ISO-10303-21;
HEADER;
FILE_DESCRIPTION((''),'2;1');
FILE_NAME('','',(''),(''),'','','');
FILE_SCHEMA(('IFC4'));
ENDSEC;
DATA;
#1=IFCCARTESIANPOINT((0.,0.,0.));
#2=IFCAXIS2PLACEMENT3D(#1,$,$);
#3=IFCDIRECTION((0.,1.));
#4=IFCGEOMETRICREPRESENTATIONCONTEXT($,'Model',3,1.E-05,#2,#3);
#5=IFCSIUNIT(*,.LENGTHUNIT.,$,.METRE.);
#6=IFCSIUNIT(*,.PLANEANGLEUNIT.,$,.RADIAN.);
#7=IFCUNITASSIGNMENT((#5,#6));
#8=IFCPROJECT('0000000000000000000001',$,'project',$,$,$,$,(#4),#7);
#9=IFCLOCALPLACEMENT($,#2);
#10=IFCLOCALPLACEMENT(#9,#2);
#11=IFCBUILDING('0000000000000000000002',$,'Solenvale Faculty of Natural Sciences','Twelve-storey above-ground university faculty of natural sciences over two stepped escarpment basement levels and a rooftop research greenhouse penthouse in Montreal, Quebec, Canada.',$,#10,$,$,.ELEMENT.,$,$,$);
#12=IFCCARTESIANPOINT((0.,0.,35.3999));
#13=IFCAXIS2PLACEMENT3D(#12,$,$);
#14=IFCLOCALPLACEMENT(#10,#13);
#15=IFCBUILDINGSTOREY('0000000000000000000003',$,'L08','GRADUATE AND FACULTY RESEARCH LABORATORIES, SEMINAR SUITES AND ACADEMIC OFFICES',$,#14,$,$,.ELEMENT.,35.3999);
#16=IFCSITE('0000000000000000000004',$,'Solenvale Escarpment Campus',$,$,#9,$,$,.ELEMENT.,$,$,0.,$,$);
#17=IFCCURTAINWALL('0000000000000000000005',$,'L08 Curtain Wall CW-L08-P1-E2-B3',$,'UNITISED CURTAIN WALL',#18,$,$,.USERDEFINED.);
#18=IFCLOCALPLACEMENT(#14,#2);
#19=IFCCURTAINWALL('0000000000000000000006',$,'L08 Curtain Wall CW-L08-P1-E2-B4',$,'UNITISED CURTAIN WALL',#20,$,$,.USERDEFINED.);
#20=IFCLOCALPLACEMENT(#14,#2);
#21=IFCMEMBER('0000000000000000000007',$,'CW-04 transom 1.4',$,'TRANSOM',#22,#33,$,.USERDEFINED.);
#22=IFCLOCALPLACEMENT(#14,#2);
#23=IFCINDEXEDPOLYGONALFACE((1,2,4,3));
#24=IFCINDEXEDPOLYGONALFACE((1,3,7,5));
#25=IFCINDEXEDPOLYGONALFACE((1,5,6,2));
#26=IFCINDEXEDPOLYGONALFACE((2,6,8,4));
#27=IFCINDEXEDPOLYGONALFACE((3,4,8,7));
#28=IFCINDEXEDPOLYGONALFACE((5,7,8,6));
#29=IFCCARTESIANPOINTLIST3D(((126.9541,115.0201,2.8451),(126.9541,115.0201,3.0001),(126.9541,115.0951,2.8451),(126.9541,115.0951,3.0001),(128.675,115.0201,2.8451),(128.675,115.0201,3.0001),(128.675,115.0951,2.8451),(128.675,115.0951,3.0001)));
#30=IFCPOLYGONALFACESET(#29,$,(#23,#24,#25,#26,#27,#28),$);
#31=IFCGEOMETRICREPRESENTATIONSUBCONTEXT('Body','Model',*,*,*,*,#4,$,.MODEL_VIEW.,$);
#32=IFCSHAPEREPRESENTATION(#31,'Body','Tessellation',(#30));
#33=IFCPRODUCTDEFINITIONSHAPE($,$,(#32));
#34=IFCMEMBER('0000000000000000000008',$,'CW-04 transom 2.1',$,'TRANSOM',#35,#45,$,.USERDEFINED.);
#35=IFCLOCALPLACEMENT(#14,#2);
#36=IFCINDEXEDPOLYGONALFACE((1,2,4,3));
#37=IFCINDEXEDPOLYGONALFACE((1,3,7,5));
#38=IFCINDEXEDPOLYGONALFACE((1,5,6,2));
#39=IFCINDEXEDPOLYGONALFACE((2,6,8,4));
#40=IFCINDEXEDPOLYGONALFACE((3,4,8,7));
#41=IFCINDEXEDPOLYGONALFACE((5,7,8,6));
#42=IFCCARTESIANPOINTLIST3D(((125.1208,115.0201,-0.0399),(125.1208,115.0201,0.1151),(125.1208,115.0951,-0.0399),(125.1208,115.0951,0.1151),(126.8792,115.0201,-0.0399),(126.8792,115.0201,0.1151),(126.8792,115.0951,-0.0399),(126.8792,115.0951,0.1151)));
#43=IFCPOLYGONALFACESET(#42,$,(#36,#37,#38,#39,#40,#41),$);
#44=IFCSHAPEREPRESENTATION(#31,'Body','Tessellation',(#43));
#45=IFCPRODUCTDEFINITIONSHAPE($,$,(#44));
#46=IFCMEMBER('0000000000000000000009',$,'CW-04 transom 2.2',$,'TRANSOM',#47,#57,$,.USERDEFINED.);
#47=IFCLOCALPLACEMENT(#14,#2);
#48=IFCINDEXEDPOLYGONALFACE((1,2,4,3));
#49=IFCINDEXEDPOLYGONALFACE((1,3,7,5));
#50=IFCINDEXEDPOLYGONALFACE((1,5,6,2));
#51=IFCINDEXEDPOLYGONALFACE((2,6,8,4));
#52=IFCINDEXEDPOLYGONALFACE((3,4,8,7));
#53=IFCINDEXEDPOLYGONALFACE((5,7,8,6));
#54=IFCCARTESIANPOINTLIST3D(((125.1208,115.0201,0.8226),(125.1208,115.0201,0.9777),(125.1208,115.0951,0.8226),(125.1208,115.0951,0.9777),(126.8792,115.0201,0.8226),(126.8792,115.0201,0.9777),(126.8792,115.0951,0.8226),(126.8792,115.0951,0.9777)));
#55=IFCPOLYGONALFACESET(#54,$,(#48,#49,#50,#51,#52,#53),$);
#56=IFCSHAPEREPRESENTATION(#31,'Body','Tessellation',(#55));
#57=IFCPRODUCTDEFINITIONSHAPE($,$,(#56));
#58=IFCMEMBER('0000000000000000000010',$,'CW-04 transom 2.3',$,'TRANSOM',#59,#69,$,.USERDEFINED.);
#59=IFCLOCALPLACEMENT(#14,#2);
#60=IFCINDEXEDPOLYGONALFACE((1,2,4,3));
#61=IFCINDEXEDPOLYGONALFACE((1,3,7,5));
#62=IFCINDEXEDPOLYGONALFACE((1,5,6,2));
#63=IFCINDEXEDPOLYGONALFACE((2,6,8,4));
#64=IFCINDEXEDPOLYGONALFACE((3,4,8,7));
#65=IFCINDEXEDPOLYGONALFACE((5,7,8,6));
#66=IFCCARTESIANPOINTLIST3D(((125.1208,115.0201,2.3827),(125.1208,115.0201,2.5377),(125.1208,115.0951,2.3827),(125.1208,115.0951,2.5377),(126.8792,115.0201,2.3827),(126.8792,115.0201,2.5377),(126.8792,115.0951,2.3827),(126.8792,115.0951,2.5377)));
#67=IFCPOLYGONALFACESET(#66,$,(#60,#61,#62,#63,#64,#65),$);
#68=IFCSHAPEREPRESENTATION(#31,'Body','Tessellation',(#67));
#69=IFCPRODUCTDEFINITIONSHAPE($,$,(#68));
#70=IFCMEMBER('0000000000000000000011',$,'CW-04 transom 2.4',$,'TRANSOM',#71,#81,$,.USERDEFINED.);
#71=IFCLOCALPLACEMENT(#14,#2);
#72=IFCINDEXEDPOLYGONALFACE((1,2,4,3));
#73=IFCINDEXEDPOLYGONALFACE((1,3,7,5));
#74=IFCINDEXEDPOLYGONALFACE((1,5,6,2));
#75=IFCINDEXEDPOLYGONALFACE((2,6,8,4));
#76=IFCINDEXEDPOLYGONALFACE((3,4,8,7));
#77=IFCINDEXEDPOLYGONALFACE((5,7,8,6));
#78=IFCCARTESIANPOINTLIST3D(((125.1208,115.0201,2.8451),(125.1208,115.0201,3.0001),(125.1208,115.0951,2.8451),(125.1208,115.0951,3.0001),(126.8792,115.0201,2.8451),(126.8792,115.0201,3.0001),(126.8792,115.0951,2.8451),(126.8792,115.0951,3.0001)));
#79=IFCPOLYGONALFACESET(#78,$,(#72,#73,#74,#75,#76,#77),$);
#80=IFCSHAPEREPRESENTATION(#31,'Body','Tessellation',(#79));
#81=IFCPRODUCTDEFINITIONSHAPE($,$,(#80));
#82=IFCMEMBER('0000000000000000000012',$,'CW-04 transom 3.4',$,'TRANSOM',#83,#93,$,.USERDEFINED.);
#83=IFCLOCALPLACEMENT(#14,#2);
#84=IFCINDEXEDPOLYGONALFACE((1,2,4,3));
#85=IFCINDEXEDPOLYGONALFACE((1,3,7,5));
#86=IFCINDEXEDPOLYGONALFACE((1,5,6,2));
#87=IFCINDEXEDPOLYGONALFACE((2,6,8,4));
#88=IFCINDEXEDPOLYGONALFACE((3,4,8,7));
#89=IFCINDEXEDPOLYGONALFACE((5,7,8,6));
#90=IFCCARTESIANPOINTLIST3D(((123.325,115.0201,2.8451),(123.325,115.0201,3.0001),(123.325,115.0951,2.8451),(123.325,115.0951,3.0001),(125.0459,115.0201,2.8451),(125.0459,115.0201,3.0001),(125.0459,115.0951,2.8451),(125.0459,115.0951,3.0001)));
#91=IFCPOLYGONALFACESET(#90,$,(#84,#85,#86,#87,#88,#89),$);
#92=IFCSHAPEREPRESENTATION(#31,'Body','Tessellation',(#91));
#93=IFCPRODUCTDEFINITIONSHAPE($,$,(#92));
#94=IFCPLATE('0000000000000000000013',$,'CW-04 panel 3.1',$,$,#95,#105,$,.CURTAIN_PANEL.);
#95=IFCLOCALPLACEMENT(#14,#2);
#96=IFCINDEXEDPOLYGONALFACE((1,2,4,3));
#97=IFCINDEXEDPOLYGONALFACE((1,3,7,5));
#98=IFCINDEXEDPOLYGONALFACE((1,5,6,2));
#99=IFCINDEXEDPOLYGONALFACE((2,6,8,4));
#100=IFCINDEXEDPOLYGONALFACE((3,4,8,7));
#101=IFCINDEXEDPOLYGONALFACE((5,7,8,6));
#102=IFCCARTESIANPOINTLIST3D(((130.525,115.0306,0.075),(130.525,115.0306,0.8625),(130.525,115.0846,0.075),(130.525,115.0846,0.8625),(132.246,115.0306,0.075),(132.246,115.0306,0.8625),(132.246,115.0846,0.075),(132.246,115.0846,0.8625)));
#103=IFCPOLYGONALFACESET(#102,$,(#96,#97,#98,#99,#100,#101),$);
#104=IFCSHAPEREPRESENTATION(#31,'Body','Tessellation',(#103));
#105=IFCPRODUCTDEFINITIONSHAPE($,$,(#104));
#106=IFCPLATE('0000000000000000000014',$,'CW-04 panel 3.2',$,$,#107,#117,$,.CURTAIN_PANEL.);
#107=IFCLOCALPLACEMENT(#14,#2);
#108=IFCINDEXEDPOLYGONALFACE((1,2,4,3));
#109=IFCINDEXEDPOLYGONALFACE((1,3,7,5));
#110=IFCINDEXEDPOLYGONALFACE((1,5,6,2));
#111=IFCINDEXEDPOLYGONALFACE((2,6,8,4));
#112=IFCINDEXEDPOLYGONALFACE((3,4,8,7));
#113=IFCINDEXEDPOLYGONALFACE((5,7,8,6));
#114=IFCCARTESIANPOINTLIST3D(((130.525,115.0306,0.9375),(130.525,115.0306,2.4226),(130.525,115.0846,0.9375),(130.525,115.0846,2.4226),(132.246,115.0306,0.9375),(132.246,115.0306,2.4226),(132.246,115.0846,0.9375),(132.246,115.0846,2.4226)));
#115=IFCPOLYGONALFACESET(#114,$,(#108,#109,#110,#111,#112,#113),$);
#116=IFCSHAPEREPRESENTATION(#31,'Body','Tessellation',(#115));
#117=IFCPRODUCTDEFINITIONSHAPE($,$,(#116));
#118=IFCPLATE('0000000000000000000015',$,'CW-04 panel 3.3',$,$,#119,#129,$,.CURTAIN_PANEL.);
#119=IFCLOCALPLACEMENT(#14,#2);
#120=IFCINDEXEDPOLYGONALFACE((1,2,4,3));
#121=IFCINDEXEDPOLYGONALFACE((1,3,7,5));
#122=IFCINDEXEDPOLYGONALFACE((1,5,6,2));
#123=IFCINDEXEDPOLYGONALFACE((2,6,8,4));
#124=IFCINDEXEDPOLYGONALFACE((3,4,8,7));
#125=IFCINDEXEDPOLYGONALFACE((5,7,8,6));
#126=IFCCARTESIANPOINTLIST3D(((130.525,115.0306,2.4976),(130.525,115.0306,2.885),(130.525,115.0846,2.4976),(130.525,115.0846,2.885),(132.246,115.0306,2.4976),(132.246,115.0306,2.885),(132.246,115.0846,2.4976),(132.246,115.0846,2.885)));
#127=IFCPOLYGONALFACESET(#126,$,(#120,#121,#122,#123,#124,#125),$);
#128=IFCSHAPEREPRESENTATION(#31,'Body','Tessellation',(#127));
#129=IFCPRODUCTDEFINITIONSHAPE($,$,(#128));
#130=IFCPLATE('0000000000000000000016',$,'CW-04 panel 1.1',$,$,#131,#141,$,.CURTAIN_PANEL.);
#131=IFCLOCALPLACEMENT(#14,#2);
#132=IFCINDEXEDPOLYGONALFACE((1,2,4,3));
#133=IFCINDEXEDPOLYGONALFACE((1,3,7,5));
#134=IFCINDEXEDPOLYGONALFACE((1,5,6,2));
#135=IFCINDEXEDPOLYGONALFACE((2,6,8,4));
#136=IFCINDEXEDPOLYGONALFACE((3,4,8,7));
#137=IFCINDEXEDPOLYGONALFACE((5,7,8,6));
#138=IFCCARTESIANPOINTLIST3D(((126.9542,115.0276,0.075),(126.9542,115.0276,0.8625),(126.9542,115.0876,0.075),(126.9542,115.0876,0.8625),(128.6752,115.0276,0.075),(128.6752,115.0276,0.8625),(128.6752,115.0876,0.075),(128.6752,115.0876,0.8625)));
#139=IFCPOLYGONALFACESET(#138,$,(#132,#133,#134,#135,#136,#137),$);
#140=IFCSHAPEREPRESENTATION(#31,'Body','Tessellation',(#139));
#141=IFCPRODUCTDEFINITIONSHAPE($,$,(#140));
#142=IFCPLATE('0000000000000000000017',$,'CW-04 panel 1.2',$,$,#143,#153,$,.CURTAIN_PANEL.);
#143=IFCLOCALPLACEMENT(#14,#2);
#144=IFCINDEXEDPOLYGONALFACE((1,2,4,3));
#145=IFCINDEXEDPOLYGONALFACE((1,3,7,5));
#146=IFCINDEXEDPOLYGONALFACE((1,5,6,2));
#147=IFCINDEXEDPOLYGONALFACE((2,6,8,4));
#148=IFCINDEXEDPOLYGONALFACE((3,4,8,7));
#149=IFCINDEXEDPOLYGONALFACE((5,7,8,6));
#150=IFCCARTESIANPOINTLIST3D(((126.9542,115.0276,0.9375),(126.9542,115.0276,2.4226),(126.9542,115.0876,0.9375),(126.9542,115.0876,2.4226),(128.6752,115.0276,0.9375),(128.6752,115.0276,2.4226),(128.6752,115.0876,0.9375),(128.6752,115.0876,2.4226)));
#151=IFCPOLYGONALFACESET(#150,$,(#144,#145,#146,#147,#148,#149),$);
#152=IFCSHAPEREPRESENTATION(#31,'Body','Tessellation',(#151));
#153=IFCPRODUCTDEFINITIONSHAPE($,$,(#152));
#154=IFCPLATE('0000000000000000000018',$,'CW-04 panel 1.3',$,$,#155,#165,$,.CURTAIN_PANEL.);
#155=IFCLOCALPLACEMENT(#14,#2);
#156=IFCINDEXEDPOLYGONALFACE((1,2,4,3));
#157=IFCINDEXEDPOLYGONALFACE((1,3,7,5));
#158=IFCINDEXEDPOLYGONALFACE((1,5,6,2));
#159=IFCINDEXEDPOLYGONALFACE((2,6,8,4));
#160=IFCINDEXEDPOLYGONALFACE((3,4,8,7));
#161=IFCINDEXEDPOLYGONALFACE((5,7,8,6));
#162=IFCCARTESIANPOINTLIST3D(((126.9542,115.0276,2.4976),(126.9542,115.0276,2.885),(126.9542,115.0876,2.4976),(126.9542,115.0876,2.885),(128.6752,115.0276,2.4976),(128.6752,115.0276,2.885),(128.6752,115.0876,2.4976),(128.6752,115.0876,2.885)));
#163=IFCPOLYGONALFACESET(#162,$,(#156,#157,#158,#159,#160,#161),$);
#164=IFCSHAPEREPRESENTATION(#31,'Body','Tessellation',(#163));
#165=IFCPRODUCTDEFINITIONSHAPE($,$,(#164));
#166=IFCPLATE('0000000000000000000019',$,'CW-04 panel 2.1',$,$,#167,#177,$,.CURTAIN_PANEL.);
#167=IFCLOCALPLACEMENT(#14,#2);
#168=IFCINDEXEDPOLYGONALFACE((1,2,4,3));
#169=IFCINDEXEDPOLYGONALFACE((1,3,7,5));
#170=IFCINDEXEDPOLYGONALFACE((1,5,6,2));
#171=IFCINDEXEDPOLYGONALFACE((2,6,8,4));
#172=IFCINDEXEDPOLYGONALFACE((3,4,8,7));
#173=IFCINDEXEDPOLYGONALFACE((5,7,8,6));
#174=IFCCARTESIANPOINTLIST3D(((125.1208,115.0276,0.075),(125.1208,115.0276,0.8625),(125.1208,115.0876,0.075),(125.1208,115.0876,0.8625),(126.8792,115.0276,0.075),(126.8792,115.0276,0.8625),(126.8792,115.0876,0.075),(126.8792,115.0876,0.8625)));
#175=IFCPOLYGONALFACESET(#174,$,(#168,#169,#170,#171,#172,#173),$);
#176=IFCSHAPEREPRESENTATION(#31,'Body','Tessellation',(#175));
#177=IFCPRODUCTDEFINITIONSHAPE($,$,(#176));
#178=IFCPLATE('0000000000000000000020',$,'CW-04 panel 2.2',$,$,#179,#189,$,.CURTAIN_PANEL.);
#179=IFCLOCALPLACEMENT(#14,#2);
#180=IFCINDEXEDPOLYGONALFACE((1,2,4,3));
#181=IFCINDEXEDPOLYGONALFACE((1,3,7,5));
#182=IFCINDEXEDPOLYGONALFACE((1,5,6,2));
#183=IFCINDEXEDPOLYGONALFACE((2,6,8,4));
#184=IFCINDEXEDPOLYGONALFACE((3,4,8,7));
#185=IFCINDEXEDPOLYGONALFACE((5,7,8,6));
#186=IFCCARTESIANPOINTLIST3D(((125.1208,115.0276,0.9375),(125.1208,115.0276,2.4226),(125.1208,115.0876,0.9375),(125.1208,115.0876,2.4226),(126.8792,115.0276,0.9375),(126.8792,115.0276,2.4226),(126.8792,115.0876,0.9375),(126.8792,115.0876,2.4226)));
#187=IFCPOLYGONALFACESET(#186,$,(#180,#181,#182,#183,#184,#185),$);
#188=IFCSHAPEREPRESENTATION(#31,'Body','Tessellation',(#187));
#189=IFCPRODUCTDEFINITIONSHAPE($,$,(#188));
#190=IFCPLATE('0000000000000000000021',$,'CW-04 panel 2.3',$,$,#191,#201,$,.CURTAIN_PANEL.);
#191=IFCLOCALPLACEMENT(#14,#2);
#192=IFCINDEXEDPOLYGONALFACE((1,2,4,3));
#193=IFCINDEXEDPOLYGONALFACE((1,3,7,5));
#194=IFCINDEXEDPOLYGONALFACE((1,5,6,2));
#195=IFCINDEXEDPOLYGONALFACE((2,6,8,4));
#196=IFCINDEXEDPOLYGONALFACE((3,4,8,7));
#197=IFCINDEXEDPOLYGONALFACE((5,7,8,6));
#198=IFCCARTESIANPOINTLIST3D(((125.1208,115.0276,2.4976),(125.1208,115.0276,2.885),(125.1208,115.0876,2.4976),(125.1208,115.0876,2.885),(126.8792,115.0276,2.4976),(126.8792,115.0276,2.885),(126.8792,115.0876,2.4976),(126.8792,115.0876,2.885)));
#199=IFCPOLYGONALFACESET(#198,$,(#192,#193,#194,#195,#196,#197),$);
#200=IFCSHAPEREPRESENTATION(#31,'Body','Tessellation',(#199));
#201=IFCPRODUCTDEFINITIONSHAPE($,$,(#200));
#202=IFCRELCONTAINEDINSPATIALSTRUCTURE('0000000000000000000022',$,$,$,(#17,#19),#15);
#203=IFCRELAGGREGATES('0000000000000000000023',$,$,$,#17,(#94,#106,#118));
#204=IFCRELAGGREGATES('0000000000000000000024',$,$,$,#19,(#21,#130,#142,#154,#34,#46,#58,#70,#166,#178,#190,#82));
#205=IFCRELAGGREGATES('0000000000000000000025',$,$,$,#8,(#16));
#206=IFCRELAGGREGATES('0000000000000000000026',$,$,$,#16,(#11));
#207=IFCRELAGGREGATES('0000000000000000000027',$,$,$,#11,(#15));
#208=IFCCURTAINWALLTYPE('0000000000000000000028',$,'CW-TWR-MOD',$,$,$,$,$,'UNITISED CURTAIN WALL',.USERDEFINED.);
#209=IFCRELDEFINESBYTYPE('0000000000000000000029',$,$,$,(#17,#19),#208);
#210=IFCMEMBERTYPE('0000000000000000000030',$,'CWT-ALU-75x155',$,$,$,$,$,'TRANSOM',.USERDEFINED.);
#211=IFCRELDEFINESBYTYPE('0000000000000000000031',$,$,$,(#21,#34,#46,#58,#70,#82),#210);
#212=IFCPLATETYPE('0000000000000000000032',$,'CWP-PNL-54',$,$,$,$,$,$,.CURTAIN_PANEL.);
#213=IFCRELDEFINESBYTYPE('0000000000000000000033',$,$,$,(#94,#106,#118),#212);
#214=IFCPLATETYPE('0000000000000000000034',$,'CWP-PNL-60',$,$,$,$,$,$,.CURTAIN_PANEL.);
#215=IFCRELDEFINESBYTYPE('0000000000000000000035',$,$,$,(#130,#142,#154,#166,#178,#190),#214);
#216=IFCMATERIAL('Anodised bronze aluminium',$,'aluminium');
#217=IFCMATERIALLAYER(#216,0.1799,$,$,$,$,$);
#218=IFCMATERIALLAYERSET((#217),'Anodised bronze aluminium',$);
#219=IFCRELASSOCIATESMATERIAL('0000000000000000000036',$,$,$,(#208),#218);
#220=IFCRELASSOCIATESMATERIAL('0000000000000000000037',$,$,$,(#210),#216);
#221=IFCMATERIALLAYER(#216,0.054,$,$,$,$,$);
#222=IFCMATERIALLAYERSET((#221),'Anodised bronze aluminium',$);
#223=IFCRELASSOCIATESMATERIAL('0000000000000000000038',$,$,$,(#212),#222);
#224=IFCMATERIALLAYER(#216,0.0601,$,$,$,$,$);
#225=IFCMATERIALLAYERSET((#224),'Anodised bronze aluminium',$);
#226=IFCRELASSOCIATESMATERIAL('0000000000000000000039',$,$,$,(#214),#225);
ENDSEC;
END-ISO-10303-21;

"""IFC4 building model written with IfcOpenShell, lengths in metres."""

from ifc_helpers import new_model, si_unit, direction, frame, origin, origin_2d, place, context, subcontext, project, spatial, rectangle, extrude, material, layer, layer_set, material_profile, profile_set, type_object, element, aggregate, save


model = new_model("IFC4")

# Units and contexts
model_context = context("Model", 3, precision=1e-05, world=origin(), true_north=direction((0.0, 1.0)))
body_context = subcontext(model_context, "Body", "Model", "MODEL_VIEW")
ifc_project = project(units=[si_unit("LENGTHUNIT", "METRE"), si_unit("PLANEANGLEUNIT", "RADIAN")], contexts=[model_context])

# Site, building, storey
site_placement = place(None, origin())
site = spatial("IfcSite", under=ifc_project, at=site_placement, Name="Solenvale Escarpment Campus", CompositionType="ELEMENT", RefElevation=0.0)
building_placement = place(site_placement, origin())
building = spatial("IfcBuilding", under=site, at=building_placement, Name="Solenvale Faculty of Natural Sciences", Description="Twelve-storey above-ground university faculty of natural sciences over two stepped escarpment basement levels and a rooftop research greenhouse penthouse in Montreal, Quebec, Canada.", CompositionType="ELEMENT")
storey_placement = place(building_placement, frame((0.0, 0.0, 35.3999)))
storey = spatial("IfcBuildingStorey", under=building, at=storey_placement, Name="L08", Description="GRADUATE AND FACULTY RESEARCH LABORATORIES, SEMINAR SUITES AND ACADEMIC OFFICES", CompositionType="ELEMENT", Elevation=35.3999)

# Curtain wall
ifc_material_1 = material(Name="Anodised bronze aluminium", Category="aluminium")
ifc_layer_1 = layer(ifc_material_1, 0.1799)
ifc_layer_set_1 = layer_set([ifc_layer_1], Name="Anodised bronze aluminium")
curtain_wall_type = type_object("IfcCurtainWallType", Name="CW-TWR-MOD", ElementType="UNITISED CURTAIN WALL", PredefinedType="USERDEFINED", material=ifc_layer_set_1)
curtain_wall_1_placement = place(storey_placement, origin())
curtain_wall_1 = element("IfcCurtainWall", 1, at=curtain_wall_1_placement, inside=storey, type_object=curtain_wall_type, Name="L08 Curtain Wall CW-L08-P1-E2-B3", ObjectType="UNITISED CURTAIN WALL", PredefinedType="USERDEFINED")

# Curtain wall
curtain_wall_2_placement = place(storey_placement, origin())
curtain_wall_2 = element("IfcCurtainWall", 2, at=curtain_wall_2_placement, inside=storey, type_object=curtain_wall_type, Name="L08 Curtain Wall CW-L08-P1-E2-B4", ObjectType="UNITISED CURTAIN WALL", PredefinedType="USERDEFINED")

# Members
ifc_material_profile_1 = material_profile(ifc_material_1, rectangle(XDim=0.075, YDim=0.155, at=origin_2d()), Name="ALU-TRN-75x155")
ifc_profile_set_1 = profile_set([ifc_material_profile_1], Name="Anodised bronze aluminium")
member_type_1 = type_object("IfcMemberType", Name="CWT-ALU-75x155", ElementType="TRANSOM", PredefinedType="USERDEFINED", material=ifc_profile_set_1)
member_1_placement = place(storey_placement, frame((128.675, 115.0576, 2.9226), z_axis=(-1.0, 0.0, 0.0), x_axis=(0.0, -1.0, 0.0)))
member_1 = element("IfcMember", 3, at=member_1_placement, type_object=member_type_1, Name="CW-04 transom 1.4", ObjectType="TRANSOM", PredefinedType="USERDEFINED", context=body_context, shape_type="SweptSolid", body=[
    extrude(rectangle(XDim=0.075, YDim=0.155, at=origin_2d()), origin(), (0.0, 0.0, 1.0), 1.7209),
])
member_2_placement = place(storey_placement, frame((126.8792, 115.0576, 0.0376), z_axis=(-1.0, 0.0, 0.0), x_axis=(0.0, -1.0, 0.0)))
member_2 = element("IfcMember", 4, at=member_2_placement, type_object=member_type_1, Name="CW-04 transom 2.1", ObjectType="TRANSOM", PredefinedType="USERDEFINED", context=body_context, shape_type="SweptSolid", body=[
    extrude(rectangle(XDim=0.075, YDim=0.155, at=origin_2d()), origin(), (0.0, 0.0, 1.0), 1.7583),
])
member_3_placement = place(storey_placement, frame((126.8792, 115.0576, 0.9001), z_axis=(-1.0, 0.0, 0.0), x_axis=(0.0, -1.0, 0.0)))
member_3 = element("IfcMember", 5, at=member_3_placement, type_object=member_type_1, Name="CW-04 transom 2.2", ObjectType="TRANSOM", PredefinedType="USERDEFINED", context=body_context, shape_type="SweptSolid", body=[
    extrude(rectangle(XDim=0.075, YDim=0.155, at=origin_2d()), origin(), (0.0, 0.0, 1.0), 1.7583),
])
member_4_placement = place(storey_placement, frame((126.8792, 115.0576, 2.4602), z_axis=(-1.0, 0.0, 0.0), x_axis=(0.0, -1.0, 0.0)))
member_4 = element("IfcMember", 6, at=member_4_placement, type_object=member_type_1, Name="CW-04 transom 2.3", ObjectType="TRANSOM", PredefinedType="USERDEFINED", context=body_context, shape_type="SweptSolid", body=[
    extrude(rectangle(XDim=0.075, YDim=0.155, at=origin_2d()), origin(), (0.0, 0.0, 1.0), 1.7583),
])
member_5_placement = place(storey_placement, frame((126.8792, 115.0576, 2.9226), z_axis=(-1.0, 0.0, 0.0), x_axis=(0.0, -1.0, 0.0)))
member_5 = element("IfcMember", 7, at=member_5_placement, type_object=member_type_1, Name="CW-04 transom 2.4", ObjectType="TRANSOM", PredefinedType="USERDEFINED", context=body_context, shape_type="SweptSolid", body=[
    extrude(rectangle(XDim=0.075, YDim=0.155, at=origin_2d()), origin(), (0.0, 0.0, 1.0), 1.7583),
])
member_6_placement = place(storey_placement, frame((125.0459, 115.0576, 2.9226), z_axis=(-1.0, 0.0, 0.0), x_axis=(0.0, -1.0, 0.0)))
member_6 = element("IfcMember", 8, at=member_6_placement, type_object=member_type_1, Name="CW-04 transom 3.4", ObjectType="TRANSOM", PredefinedType="USERDEFINED", context=body_context, shape_type="SweptSolid", body=[
    extrude(rectangle(XDim=0.075, YDim=0.155, at=origin_2d()), origin(), (0.0, 0.0, 1.0), 1.7209),
])

# Plates
ifc_layer_2 = layer(ifc_material_1, 0.054)
ifc_layer_set_2 = layer_set([ifc_layer_2], Name="Anodised bronze aluminium")
plate_type_1 = type_object("IfcPlateType", Name="CWP-PNL-54", PredefinedType="CURTAIN_PANEL", material=ifc_layer_set_2)
plate_1_placement = place(storey_placement, frame((131.3855, 115.0576, 0.075), z_axis=(0.0, 0.0, 1.0), x_axis=(-1.0, 0.0, 0.0)))
plate_1 = element("IfcPlate", 9, at=plate_1_placement, type_object=plate_type_1, Name="CW-04 panel 3.1", PredefinedType="CURTAIN_PANEL", context=body_context, shape_type="SweptSolid", body=[
    extrude(rectangle(XDim=1.7209, YDim=0.054, at=origin_2d()), origin(), (0.0, 0.0, 1.0), 0.7876),
])
plate_2_placement = place(storey_placement, frame((131.3855, 115.0576, 0.9375), z_axis=(0.0, 0.0, 1.0), x_axis=(-1.0, 0.0, 0.0)))
plate_2 = element("IfcPlate", 10, at=plate_2_placement, type_object=plate_type_1, Name="CW-04 panel 3.2", PredefinedType="CURTAIN_PANEL", context=body_context, shape_type="SweptSolid", body=[
    extrude(rectangle(XDim=1.7209, YDim=0.054, at=origin_2d()), origin(), (0.0, 0.0, 1.0), 1.4851),
])
plate_3_placement = place(storey_placement, frame((131.3855, 115.0576, 2.4976), z_axis=(0.0, 0.0, 1.0), x_axis=(-1.0, 0.0, 0.0)))
plate_3 = element("IfcPlate", 11, at=plate_3_placement, type_object=plate_type_1, Name="CW-04 panel 3.3", PredefinedType="CURTAIN_PANEL", context=body_context, shape_type="SweptSolid", body=[
    extrude(rectangle(XDim=1.7209, YDim=0.054, at=origin_2d()), origin(), (0.0, 0.0, 1.0), 0.3875),
])
aggregate(curtain_wall_1, [plate_1, plate_2, plate_3])
ifc_layer_3 = layer(ifc_material_1, 0.0601)
ifc_layer_set_3 = layer_set([ifc_layer_3], Name="Anodised bronze aluminium")
plate_type_2 = type_object("IfcPlateType", Name="CWP-PNL-60", PredefinedType="CURTAIN_PANEL", material=ifc_layer_set_3)
plate_4_placement = place(storey_placement, frame((127.8147, 115.0576, 0.075), z_axis=(0.0, 0.0, 1.0), x_axis=(-1.0, 0.0, 0.0)))
plate_4 = element("IfcPlate", 12, at=plate_4_placement, type_object=plate_type_2, Name="CW-04 panel 1.1", PredefinedType="CURTAIN_PANEL", context=body_context, shape_type="SweptSolid", body=[
    extrude(rectangle(XDim=1.7209, YDim=0.0601, at=origin_2d()), origin(), (0.0, 0.0, 1.0), 0.7876),
])
plate_5_placement = place(storey_placement, frame((127.8147, 115.0576, 0.9375), z_axis=(0.0, 0.0, 1.0), x_axis=(-1.0, 0.0, 0.0)))
plate_5 = element("IfcPlate", 13, at=plate_5_placement, type_object=plate_type_2, Name="CW-04 panel 1.2", PredefinedType="CURTAIN_PANEL", context=body_context, shape_type="SweptSolid", body=[
    extrude(rectangle(XDim=1.7209, YDim=0.0601, at=origin_2d()), origin(), (0.0, 0.0, 1.0), 1.4851),
])
plate_6_placement = place(storey_placement, frame((127.8147, 115.0576, 2.4976), z_axis=(0.0, 0.0, 1.0), x_axis=(-1.0, 0.0, 0.0)))
plate_6 = element("IfcPlate", 14, at=plate_6_placement, type_object=plate_type_2, Name="CW-04 panel 1.3", PredefinedType="CURTAIN_PANEL", context=body_context, shape_type="SweptSolid", body=[
    extrude(rectangle(XDim=1.7209, YDim=0.0601, at=origin_2d()), origin(), (0.0, 0.0, 1.0), 0.3875),
])
plate_7_placement = place(storey_placement, frame((126.0, 115.0576, 0.075), z_axis=(0.0, 0.0, 1.0), x_axis=(-1.0, 0.0, 0.0)))
plate_7 = element("IfcPlate", 15, at=plate_7_placement, type_object=plate_type_2, Name="CW-04 panel 2.1", PredefinedType="CURTAIN_PANEL", context=body_context, shape_type="SweptSolid", body=[
    extrude(rectangle(XDim=1.7583, YDim=0.0601, at=origin_2d()), origin(), (0.0, 0.0, 1.0), 0.7876),
])
plate_8_placement = place(storey_placement, frame((126.0, 115.0576, 0.9375), z_axis=(0.0, 0.0, 1.0), x_axis=(-1.0, 0.0, 0.0)))
plate_8 = element("IfcPlate", 16, at=plate_8_placement, type_object=plate_type_2, Name="CW-04 panel 2.2", PredefinedType="CURTAIN_PANEL", context=body_context, shape_type="SweptSolid", body=[
    extrude(rectangle(XDim=1.7583, YDim=0.0601, at=origin_2d()), origin(), (0.0, 0.0, 1.0), 1.4851),
])
plate_9_placement = place(storey_placement, frame((126.0, 115.0576, 2.4976), z_axis=(0.0, 0.0, 1.0), x_axis=(-1.0, 0.0, 0.0)))
plate_9 = element("IfcPlate", 17, at=plate_9_placement, type_object=plate_type_2, Name="CW-04 panel 2.3", PredefinedType="CURTAIN_PANEL", context=body_context, shape_type="SweptSolid", body=[
    extrude(rectangle(XDim=1.7583, YDim=0.0601, at=origin_2d()), origin(), (0.0, 0.0, 1.0), 0.3875),
])
aggregate(curtain_wall_2, [member_1, plate_4, plate_5, plate_6, member_2, member_3, member_4, member_5, plate_7, plate_8, plate_9, member_6])

save(model, "model.ifc")
